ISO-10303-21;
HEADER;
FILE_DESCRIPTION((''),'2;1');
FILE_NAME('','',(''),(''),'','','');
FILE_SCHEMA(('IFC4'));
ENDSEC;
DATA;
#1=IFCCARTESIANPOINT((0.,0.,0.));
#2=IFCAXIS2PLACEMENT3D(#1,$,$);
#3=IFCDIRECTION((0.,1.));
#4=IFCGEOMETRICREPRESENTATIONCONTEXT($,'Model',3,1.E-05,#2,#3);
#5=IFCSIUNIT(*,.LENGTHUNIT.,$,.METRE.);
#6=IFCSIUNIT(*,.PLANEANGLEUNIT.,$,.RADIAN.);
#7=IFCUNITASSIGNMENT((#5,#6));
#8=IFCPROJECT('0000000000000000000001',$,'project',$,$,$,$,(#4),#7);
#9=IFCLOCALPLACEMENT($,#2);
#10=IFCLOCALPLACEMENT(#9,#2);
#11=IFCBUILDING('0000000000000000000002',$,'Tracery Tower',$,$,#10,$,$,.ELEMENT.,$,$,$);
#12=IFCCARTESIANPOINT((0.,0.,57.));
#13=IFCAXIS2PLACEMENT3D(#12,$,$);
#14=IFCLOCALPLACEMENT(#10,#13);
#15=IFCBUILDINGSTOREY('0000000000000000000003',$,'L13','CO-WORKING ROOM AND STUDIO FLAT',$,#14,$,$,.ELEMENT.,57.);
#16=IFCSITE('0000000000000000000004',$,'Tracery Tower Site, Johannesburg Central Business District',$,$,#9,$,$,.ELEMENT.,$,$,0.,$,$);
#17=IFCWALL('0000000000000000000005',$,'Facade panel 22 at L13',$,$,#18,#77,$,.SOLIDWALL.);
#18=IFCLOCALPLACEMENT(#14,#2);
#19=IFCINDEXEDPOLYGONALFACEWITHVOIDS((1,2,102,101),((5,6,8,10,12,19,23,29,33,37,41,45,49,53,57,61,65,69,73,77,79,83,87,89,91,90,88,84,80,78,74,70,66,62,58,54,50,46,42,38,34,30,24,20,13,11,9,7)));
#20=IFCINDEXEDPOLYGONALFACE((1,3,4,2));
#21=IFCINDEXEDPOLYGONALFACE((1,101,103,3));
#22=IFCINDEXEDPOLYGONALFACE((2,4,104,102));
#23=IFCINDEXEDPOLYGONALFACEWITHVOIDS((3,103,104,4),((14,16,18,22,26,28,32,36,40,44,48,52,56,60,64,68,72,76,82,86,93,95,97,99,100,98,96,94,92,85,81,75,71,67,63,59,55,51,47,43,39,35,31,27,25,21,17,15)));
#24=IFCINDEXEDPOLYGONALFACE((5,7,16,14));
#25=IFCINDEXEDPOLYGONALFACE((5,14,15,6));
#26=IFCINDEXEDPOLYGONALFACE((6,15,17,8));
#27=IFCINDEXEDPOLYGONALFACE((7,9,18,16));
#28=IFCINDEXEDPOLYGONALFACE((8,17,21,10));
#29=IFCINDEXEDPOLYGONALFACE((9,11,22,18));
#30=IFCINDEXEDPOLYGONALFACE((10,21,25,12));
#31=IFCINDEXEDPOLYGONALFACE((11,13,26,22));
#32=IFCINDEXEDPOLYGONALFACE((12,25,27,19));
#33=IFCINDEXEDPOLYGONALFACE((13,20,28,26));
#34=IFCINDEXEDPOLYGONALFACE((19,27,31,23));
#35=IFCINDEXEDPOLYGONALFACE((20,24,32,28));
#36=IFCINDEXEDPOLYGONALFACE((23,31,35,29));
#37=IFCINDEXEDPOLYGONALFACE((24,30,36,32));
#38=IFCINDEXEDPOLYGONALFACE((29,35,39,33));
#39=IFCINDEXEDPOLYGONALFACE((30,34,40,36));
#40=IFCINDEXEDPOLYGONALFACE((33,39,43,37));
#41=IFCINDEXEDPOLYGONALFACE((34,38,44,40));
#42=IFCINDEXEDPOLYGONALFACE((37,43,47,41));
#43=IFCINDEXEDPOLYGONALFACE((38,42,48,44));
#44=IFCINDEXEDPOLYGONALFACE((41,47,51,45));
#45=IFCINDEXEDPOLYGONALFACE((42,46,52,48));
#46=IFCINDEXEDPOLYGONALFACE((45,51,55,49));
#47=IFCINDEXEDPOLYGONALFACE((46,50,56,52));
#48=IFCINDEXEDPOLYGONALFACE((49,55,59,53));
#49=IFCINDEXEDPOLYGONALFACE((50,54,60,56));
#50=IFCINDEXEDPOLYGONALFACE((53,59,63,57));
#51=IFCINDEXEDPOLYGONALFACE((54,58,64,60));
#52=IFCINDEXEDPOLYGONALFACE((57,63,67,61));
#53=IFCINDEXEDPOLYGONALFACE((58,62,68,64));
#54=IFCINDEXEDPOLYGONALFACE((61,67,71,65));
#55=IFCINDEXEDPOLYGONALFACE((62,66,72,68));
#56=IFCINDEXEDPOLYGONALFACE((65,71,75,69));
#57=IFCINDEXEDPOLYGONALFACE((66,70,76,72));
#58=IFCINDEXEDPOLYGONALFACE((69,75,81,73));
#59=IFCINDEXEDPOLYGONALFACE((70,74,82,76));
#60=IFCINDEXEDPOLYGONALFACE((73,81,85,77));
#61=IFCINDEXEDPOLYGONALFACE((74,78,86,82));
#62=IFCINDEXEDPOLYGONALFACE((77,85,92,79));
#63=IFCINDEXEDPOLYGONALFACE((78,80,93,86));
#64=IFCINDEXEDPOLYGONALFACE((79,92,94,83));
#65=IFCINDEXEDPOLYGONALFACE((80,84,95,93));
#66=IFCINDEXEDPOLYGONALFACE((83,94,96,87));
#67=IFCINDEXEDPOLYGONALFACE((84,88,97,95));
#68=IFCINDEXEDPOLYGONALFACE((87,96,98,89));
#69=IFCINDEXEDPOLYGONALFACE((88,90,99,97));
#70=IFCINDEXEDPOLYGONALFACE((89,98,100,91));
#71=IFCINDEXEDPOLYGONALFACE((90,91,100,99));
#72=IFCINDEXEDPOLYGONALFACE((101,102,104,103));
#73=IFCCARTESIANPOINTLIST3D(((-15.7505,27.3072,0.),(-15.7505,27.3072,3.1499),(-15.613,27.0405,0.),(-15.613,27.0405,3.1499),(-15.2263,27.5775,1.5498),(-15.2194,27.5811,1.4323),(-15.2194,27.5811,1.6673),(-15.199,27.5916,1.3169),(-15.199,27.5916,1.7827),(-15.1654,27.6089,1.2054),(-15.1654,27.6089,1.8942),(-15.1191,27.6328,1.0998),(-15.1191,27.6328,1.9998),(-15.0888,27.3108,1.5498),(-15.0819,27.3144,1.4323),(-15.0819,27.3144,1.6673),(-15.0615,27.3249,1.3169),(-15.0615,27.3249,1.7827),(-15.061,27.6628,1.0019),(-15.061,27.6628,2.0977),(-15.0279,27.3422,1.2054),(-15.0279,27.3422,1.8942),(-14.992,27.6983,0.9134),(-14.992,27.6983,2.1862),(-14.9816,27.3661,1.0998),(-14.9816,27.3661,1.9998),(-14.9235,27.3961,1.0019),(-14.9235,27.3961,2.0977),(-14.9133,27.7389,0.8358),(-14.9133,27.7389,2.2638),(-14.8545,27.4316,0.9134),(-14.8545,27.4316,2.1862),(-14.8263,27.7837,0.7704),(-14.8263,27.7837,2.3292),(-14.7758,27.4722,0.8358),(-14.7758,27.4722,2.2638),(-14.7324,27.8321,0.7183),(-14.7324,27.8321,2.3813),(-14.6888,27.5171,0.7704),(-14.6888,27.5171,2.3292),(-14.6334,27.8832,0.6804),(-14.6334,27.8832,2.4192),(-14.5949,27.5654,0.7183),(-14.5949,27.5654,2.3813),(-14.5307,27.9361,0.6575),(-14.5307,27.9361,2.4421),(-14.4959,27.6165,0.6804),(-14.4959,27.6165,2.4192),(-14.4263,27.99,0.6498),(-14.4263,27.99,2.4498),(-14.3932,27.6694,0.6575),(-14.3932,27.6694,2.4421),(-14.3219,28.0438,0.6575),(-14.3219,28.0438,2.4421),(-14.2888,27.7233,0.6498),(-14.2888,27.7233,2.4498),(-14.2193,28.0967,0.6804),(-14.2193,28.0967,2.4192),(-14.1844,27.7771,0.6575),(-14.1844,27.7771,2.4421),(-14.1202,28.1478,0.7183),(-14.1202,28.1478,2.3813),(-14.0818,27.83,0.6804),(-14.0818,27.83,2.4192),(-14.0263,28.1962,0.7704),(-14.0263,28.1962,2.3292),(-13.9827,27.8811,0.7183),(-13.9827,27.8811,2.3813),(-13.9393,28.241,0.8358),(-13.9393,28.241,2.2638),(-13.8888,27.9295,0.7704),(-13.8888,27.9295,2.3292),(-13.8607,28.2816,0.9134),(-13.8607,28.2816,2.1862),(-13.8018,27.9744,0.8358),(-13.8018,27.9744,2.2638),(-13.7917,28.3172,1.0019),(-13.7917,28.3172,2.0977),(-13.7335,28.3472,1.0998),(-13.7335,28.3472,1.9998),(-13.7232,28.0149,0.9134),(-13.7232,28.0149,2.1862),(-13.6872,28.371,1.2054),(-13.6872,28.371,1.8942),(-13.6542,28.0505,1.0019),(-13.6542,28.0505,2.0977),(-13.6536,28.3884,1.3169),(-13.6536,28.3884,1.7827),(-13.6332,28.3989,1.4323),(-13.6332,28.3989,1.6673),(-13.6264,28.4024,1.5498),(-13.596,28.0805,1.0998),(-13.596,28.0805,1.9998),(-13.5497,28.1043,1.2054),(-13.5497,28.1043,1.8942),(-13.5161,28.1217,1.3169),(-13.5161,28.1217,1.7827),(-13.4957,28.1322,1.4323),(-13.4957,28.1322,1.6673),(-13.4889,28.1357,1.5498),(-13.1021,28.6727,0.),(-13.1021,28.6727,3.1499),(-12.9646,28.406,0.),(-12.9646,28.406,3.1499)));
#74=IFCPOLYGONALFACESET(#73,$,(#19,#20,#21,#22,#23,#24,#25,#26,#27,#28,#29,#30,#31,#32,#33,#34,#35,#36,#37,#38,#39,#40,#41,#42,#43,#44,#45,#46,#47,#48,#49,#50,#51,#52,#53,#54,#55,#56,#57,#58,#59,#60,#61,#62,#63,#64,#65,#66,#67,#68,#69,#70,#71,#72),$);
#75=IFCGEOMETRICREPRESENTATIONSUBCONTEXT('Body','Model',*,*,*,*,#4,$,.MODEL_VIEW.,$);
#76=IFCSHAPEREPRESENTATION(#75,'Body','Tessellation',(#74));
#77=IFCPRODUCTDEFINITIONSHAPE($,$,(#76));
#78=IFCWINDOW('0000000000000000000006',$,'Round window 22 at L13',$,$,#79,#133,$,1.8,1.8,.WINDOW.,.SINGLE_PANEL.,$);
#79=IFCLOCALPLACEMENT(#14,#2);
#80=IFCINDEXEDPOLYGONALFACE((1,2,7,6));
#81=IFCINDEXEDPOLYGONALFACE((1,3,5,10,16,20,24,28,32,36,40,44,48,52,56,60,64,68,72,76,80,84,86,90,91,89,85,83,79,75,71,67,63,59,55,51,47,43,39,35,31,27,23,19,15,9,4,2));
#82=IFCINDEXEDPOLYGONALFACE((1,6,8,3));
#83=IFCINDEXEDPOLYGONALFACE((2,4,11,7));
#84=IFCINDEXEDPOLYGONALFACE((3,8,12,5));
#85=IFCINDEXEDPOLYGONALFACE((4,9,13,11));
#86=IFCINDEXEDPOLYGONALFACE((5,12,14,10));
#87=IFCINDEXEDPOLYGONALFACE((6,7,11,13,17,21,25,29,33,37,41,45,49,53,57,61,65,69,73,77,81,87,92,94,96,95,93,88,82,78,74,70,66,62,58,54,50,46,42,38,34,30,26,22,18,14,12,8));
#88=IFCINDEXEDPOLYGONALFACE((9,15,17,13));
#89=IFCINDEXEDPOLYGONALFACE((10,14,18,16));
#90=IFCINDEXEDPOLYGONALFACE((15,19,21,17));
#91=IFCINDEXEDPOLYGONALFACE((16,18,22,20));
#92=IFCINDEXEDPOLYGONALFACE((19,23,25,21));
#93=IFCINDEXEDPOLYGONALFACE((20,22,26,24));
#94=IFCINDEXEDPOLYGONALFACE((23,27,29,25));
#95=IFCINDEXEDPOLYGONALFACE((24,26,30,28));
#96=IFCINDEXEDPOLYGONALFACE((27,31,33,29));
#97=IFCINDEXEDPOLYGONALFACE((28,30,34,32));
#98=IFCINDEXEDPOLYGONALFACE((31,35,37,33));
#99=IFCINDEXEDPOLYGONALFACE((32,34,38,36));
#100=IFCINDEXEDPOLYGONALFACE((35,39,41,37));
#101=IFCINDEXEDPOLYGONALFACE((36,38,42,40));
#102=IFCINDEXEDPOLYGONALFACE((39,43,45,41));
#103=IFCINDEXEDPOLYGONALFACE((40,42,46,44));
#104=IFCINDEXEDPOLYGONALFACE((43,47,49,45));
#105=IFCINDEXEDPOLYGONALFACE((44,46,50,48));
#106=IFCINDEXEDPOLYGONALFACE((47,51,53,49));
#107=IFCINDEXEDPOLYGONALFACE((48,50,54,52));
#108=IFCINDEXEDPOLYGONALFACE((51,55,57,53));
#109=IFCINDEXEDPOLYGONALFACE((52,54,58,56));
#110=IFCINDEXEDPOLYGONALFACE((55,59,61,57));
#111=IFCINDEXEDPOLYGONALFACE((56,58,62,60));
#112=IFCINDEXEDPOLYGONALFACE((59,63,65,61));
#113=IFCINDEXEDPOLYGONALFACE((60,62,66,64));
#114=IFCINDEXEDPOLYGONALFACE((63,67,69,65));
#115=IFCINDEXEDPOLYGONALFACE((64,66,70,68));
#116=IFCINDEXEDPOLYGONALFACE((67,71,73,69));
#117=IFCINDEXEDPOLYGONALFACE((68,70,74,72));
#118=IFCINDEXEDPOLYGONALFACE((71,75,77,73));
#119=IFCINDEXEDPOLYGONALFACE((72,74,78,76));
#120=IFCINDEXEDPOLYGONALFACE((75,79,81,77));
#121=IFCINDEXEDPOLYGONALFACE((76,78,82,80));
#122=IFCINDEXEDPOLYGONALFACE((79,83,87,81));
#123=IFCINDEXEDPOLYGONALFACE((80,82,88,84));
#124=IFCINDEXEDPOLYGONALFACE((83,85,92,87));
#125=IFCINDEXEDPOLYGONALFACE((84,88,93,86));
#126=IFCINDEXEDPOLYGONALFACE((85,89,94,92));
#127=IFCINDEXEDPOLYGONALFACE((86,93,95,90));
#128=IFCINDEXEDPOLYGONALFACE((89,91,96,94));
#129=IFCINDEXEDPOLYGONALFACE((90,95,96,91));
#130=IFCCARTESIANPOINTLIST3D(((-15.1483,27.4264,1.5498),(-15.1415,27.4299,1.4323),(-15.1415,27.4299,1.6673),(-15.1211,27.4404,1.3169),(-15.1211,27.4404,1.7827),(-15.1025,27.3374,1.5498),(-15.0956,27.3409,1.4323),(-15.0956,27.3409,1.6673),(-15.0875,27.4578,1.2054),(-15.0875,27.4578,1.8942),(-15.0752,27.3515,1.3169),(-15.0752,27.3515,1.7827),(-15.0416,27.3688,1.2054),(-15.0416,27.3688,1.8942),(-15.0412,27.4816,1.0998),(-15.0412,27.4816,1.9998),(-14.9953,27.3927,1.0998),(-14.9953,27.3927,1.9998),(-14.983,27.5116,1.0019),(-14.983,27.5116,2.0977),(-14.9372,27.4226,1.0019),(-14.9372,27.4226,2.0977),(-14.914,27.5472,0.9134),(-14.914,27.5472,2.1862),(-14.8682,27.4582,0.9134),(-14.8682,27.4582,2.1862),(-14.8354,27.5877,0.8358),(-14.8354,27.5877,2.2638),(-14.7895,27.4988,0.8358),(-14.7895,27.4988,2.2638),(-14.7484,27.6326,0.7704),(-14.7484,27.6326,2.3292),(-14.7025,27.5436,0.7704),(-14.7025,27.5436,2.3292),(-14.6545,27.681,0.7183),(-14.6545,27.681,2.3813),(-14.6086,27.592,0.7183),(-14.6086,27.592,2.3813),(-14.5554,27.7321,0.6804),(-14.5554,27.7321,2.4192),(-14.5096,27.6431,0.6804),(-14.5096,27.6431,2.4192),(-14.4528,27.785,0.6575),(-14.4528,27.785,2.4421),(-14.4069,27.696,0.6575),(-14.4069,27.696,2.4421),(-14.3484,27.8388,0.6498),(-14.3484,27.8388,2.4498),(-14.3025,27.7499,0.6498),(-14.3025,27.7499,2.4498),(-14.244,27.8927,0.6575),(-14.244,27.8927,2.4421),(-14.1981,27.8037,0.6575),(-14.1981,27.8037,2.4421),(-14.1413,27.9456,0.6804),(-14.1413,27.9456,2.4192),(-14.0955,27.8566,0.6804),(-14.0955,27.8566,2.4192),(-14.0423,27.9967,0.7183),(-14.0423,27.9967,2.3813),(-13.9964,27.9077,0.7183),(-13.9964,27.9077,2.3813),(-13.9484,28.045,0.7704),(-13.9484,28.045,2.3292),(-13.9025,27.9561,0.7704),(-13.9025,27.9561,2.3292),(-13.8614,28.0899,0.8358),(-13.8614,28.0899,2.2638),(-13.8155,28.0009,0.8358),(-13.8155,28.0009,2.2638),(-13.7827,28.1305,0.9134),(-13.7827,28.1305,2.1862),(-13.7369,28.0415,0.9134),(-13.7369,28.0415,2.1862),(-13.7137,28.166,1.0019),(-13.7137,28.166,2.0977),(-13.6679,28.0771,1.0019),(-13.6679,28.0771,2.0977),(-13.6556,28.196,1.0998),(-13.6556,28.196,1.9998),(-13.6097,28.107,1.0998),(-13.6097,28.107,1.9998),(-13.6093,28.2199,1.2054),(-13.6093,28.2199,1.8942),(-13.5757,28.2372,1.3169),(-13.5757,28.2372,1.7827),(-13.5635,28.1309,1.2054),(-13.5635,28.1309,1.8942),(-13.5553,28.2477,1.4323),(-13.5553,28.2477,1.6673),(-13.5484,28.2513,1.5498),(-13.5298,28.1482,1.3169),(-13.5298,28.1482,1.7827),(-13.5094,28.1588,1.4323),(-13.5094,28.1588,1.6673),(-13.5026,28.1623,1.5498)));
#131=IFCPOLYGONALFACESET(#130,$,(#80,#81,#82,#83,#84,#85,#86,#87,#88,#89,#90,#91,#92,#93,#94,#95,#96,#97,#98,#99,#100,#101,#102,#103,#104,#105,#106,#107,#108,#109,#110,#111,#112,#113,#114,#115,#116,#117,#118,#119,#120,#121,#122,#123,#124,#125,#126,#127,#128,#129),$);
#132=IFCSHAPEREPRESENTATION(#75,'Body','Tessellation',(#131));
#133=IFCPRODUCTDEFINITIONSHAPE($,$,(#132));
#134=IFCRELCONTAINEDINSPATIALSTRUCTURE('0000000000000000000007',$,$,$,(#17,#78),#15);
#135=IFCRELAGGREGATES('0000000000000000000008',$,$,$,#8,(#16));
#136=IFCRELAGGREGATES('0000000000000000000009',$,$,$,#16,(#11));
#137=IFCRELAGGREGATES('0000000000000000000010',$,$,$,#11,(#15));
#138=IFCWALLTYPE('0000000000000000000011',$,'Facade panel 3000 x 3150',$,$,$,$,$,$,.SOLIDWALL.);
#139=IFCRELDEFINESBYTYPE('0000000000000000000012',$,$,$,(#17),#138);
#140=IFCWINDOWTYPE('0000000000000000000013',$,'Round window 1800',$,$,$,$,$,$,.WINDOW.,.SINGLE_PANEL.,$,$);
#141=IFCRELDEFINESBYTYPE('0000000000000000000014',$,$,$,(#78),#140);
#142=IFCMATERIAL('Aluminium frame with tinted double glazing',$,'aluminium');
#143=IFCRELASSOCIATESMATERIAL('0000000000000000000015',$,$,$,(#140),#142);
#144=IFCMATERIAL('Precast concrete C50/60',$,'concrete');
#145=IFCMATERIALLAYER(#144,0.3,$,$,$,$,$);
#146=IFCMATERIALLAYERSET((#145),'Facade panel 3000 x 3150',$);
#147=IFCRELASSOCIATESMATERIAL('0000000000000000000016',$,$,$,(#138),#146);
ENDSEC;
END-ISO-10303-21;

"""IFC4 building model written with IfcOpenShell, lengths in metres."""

from ifc_helpers import new_model, si_unit, direction, frame, frame_2d, origin, origin_2d, place, context, subcontext, project, spatial, rectangle, circle, extrude, material, layer, layer_set, type_object, element, fill, save


model = new_model("IFC4")

# Units and contexts
model_context = context("Model", 3, precision=1e-05, world=origin(), true_north=direction((0.0, 1.0)))
body_context = subcontext(model_context, "Body", "Model", "MODEL_VIEW")
ifc_project = project(units=[si_unit("LENGTHUNIT", "METRE"), si_unit("PLANEANGLEUNIT", "RADIAN")], contexts=[model_context])

# Site, building, storey
site_placement = place(None, origin())
site = spatial("IfcSite", under=ifc_project, at=site_placement, Name="Tracery Tower Site, Johannesburg Central Business District", CompositionType="ELEMENT", RefElevation=0.0)
building_placement = place(site_placement, origin())
building = spatial("IfcBuilding", under=site, at=building_placement, Name="Tracery Tower", CompositionType="ELEMENT")
storey_placement = place(building_placement, frame((0.0, 0.0, 57.0)))
storey = spatial("IfcBuildingStorey", under=building, at=storey_placement, Name="L13", Description="CO-WORKING ROOM AND STUDIO FLAT", CompositionType="ELEMENT", Elevation=57.0)

# Wall, opening, window
ifc_material_1 = material(Name="Aluminium frame with tinted double glazing", Category="aluminium")
window_type = type_object("IfcWindowType", Name="Round window 1800", PartitioningType="SINGLE_PANEL", PredefinedType="WINDOW", material=ifc_material_1)
ifc_material_2 = material(Name="Precast concrete C50/60", Category="concrete")
ifc_layer_1 = layer(ifc_material_2, 0.3)
ifc_layer_set_1 = layer_set([ifc_layer_1], Name="Facade panel 3000 x 3150")
wall_type_1 = type_object("IfcWallType", Name="Facade panel 3000 x 3150", PredefinedType="SOLIDWALL", material=ifc_layer_set_1)
wall_1_placement = place(storey_placement, frame((-13.0334, 28.5393, 0.0), z_axis=(0.0, 0.0, 1.0), x_axis=(-0.88882, -0.458257, 0.0)))
wall_1 = element("IfcWall", 1, at=wall_1_placement, inside=storey, type_object=wall_type_1, Name="Facade panel 22 at L13", PredefinedType="SOLIDWALL", context=body_context, shape_type="SweptSolid", body=[
    extrude(rectangle(XDim=2.9797, YDim=0.3, at=frame_2d((1.4897, 0.0))), origin(), (0.0, 0.0, 1.0), 3.1499),
])
opening_1_placement = place(wall_1_placement, frame((1.4897, 0.0, 1.5498)))
opening_1 = element("IfcOpeningElement", 2, at=opening_1_placement, cuts=wall_1, PredefinedType="OPENING", context=body_context, shape_type="SweptSolid", body=[
    extrude(circle(Radius=0.9, at=origin_2d()), frame((0.0, 0.1599, 0.0), z_axis=(0.0, -1.0, 0.0), x_axis=(1.0, 0.0, 0.0)), (0.0, 0.0, 1.0), 0.3201),
])
window_1_placement = place(opening_1_placement, origin())
window_1 = element("IfcWindow", 3, at=window_1_placement, inside=storey, type_object=window_type, Name="Round window 22 at L13", OverallHeight=1.8, OverallWidth=1.8, PartitioningType="SINGLE_PANEL", PredefinedType="WINDOW", context=body_context, shape_type="SweptSolid", body=[
    extrude(circle(Radius=0.9, at=origin_2d()), frame((0.0, 0.1201, 0.0), z_axis=(0.0, -1.0, 0.0), x_axis=(1.0, 0.0, 0.0)), (0.0, 0.0, 1.0), 0.1001),
])
fill(opening_1, window_1)

save(model, "model.ifc")
